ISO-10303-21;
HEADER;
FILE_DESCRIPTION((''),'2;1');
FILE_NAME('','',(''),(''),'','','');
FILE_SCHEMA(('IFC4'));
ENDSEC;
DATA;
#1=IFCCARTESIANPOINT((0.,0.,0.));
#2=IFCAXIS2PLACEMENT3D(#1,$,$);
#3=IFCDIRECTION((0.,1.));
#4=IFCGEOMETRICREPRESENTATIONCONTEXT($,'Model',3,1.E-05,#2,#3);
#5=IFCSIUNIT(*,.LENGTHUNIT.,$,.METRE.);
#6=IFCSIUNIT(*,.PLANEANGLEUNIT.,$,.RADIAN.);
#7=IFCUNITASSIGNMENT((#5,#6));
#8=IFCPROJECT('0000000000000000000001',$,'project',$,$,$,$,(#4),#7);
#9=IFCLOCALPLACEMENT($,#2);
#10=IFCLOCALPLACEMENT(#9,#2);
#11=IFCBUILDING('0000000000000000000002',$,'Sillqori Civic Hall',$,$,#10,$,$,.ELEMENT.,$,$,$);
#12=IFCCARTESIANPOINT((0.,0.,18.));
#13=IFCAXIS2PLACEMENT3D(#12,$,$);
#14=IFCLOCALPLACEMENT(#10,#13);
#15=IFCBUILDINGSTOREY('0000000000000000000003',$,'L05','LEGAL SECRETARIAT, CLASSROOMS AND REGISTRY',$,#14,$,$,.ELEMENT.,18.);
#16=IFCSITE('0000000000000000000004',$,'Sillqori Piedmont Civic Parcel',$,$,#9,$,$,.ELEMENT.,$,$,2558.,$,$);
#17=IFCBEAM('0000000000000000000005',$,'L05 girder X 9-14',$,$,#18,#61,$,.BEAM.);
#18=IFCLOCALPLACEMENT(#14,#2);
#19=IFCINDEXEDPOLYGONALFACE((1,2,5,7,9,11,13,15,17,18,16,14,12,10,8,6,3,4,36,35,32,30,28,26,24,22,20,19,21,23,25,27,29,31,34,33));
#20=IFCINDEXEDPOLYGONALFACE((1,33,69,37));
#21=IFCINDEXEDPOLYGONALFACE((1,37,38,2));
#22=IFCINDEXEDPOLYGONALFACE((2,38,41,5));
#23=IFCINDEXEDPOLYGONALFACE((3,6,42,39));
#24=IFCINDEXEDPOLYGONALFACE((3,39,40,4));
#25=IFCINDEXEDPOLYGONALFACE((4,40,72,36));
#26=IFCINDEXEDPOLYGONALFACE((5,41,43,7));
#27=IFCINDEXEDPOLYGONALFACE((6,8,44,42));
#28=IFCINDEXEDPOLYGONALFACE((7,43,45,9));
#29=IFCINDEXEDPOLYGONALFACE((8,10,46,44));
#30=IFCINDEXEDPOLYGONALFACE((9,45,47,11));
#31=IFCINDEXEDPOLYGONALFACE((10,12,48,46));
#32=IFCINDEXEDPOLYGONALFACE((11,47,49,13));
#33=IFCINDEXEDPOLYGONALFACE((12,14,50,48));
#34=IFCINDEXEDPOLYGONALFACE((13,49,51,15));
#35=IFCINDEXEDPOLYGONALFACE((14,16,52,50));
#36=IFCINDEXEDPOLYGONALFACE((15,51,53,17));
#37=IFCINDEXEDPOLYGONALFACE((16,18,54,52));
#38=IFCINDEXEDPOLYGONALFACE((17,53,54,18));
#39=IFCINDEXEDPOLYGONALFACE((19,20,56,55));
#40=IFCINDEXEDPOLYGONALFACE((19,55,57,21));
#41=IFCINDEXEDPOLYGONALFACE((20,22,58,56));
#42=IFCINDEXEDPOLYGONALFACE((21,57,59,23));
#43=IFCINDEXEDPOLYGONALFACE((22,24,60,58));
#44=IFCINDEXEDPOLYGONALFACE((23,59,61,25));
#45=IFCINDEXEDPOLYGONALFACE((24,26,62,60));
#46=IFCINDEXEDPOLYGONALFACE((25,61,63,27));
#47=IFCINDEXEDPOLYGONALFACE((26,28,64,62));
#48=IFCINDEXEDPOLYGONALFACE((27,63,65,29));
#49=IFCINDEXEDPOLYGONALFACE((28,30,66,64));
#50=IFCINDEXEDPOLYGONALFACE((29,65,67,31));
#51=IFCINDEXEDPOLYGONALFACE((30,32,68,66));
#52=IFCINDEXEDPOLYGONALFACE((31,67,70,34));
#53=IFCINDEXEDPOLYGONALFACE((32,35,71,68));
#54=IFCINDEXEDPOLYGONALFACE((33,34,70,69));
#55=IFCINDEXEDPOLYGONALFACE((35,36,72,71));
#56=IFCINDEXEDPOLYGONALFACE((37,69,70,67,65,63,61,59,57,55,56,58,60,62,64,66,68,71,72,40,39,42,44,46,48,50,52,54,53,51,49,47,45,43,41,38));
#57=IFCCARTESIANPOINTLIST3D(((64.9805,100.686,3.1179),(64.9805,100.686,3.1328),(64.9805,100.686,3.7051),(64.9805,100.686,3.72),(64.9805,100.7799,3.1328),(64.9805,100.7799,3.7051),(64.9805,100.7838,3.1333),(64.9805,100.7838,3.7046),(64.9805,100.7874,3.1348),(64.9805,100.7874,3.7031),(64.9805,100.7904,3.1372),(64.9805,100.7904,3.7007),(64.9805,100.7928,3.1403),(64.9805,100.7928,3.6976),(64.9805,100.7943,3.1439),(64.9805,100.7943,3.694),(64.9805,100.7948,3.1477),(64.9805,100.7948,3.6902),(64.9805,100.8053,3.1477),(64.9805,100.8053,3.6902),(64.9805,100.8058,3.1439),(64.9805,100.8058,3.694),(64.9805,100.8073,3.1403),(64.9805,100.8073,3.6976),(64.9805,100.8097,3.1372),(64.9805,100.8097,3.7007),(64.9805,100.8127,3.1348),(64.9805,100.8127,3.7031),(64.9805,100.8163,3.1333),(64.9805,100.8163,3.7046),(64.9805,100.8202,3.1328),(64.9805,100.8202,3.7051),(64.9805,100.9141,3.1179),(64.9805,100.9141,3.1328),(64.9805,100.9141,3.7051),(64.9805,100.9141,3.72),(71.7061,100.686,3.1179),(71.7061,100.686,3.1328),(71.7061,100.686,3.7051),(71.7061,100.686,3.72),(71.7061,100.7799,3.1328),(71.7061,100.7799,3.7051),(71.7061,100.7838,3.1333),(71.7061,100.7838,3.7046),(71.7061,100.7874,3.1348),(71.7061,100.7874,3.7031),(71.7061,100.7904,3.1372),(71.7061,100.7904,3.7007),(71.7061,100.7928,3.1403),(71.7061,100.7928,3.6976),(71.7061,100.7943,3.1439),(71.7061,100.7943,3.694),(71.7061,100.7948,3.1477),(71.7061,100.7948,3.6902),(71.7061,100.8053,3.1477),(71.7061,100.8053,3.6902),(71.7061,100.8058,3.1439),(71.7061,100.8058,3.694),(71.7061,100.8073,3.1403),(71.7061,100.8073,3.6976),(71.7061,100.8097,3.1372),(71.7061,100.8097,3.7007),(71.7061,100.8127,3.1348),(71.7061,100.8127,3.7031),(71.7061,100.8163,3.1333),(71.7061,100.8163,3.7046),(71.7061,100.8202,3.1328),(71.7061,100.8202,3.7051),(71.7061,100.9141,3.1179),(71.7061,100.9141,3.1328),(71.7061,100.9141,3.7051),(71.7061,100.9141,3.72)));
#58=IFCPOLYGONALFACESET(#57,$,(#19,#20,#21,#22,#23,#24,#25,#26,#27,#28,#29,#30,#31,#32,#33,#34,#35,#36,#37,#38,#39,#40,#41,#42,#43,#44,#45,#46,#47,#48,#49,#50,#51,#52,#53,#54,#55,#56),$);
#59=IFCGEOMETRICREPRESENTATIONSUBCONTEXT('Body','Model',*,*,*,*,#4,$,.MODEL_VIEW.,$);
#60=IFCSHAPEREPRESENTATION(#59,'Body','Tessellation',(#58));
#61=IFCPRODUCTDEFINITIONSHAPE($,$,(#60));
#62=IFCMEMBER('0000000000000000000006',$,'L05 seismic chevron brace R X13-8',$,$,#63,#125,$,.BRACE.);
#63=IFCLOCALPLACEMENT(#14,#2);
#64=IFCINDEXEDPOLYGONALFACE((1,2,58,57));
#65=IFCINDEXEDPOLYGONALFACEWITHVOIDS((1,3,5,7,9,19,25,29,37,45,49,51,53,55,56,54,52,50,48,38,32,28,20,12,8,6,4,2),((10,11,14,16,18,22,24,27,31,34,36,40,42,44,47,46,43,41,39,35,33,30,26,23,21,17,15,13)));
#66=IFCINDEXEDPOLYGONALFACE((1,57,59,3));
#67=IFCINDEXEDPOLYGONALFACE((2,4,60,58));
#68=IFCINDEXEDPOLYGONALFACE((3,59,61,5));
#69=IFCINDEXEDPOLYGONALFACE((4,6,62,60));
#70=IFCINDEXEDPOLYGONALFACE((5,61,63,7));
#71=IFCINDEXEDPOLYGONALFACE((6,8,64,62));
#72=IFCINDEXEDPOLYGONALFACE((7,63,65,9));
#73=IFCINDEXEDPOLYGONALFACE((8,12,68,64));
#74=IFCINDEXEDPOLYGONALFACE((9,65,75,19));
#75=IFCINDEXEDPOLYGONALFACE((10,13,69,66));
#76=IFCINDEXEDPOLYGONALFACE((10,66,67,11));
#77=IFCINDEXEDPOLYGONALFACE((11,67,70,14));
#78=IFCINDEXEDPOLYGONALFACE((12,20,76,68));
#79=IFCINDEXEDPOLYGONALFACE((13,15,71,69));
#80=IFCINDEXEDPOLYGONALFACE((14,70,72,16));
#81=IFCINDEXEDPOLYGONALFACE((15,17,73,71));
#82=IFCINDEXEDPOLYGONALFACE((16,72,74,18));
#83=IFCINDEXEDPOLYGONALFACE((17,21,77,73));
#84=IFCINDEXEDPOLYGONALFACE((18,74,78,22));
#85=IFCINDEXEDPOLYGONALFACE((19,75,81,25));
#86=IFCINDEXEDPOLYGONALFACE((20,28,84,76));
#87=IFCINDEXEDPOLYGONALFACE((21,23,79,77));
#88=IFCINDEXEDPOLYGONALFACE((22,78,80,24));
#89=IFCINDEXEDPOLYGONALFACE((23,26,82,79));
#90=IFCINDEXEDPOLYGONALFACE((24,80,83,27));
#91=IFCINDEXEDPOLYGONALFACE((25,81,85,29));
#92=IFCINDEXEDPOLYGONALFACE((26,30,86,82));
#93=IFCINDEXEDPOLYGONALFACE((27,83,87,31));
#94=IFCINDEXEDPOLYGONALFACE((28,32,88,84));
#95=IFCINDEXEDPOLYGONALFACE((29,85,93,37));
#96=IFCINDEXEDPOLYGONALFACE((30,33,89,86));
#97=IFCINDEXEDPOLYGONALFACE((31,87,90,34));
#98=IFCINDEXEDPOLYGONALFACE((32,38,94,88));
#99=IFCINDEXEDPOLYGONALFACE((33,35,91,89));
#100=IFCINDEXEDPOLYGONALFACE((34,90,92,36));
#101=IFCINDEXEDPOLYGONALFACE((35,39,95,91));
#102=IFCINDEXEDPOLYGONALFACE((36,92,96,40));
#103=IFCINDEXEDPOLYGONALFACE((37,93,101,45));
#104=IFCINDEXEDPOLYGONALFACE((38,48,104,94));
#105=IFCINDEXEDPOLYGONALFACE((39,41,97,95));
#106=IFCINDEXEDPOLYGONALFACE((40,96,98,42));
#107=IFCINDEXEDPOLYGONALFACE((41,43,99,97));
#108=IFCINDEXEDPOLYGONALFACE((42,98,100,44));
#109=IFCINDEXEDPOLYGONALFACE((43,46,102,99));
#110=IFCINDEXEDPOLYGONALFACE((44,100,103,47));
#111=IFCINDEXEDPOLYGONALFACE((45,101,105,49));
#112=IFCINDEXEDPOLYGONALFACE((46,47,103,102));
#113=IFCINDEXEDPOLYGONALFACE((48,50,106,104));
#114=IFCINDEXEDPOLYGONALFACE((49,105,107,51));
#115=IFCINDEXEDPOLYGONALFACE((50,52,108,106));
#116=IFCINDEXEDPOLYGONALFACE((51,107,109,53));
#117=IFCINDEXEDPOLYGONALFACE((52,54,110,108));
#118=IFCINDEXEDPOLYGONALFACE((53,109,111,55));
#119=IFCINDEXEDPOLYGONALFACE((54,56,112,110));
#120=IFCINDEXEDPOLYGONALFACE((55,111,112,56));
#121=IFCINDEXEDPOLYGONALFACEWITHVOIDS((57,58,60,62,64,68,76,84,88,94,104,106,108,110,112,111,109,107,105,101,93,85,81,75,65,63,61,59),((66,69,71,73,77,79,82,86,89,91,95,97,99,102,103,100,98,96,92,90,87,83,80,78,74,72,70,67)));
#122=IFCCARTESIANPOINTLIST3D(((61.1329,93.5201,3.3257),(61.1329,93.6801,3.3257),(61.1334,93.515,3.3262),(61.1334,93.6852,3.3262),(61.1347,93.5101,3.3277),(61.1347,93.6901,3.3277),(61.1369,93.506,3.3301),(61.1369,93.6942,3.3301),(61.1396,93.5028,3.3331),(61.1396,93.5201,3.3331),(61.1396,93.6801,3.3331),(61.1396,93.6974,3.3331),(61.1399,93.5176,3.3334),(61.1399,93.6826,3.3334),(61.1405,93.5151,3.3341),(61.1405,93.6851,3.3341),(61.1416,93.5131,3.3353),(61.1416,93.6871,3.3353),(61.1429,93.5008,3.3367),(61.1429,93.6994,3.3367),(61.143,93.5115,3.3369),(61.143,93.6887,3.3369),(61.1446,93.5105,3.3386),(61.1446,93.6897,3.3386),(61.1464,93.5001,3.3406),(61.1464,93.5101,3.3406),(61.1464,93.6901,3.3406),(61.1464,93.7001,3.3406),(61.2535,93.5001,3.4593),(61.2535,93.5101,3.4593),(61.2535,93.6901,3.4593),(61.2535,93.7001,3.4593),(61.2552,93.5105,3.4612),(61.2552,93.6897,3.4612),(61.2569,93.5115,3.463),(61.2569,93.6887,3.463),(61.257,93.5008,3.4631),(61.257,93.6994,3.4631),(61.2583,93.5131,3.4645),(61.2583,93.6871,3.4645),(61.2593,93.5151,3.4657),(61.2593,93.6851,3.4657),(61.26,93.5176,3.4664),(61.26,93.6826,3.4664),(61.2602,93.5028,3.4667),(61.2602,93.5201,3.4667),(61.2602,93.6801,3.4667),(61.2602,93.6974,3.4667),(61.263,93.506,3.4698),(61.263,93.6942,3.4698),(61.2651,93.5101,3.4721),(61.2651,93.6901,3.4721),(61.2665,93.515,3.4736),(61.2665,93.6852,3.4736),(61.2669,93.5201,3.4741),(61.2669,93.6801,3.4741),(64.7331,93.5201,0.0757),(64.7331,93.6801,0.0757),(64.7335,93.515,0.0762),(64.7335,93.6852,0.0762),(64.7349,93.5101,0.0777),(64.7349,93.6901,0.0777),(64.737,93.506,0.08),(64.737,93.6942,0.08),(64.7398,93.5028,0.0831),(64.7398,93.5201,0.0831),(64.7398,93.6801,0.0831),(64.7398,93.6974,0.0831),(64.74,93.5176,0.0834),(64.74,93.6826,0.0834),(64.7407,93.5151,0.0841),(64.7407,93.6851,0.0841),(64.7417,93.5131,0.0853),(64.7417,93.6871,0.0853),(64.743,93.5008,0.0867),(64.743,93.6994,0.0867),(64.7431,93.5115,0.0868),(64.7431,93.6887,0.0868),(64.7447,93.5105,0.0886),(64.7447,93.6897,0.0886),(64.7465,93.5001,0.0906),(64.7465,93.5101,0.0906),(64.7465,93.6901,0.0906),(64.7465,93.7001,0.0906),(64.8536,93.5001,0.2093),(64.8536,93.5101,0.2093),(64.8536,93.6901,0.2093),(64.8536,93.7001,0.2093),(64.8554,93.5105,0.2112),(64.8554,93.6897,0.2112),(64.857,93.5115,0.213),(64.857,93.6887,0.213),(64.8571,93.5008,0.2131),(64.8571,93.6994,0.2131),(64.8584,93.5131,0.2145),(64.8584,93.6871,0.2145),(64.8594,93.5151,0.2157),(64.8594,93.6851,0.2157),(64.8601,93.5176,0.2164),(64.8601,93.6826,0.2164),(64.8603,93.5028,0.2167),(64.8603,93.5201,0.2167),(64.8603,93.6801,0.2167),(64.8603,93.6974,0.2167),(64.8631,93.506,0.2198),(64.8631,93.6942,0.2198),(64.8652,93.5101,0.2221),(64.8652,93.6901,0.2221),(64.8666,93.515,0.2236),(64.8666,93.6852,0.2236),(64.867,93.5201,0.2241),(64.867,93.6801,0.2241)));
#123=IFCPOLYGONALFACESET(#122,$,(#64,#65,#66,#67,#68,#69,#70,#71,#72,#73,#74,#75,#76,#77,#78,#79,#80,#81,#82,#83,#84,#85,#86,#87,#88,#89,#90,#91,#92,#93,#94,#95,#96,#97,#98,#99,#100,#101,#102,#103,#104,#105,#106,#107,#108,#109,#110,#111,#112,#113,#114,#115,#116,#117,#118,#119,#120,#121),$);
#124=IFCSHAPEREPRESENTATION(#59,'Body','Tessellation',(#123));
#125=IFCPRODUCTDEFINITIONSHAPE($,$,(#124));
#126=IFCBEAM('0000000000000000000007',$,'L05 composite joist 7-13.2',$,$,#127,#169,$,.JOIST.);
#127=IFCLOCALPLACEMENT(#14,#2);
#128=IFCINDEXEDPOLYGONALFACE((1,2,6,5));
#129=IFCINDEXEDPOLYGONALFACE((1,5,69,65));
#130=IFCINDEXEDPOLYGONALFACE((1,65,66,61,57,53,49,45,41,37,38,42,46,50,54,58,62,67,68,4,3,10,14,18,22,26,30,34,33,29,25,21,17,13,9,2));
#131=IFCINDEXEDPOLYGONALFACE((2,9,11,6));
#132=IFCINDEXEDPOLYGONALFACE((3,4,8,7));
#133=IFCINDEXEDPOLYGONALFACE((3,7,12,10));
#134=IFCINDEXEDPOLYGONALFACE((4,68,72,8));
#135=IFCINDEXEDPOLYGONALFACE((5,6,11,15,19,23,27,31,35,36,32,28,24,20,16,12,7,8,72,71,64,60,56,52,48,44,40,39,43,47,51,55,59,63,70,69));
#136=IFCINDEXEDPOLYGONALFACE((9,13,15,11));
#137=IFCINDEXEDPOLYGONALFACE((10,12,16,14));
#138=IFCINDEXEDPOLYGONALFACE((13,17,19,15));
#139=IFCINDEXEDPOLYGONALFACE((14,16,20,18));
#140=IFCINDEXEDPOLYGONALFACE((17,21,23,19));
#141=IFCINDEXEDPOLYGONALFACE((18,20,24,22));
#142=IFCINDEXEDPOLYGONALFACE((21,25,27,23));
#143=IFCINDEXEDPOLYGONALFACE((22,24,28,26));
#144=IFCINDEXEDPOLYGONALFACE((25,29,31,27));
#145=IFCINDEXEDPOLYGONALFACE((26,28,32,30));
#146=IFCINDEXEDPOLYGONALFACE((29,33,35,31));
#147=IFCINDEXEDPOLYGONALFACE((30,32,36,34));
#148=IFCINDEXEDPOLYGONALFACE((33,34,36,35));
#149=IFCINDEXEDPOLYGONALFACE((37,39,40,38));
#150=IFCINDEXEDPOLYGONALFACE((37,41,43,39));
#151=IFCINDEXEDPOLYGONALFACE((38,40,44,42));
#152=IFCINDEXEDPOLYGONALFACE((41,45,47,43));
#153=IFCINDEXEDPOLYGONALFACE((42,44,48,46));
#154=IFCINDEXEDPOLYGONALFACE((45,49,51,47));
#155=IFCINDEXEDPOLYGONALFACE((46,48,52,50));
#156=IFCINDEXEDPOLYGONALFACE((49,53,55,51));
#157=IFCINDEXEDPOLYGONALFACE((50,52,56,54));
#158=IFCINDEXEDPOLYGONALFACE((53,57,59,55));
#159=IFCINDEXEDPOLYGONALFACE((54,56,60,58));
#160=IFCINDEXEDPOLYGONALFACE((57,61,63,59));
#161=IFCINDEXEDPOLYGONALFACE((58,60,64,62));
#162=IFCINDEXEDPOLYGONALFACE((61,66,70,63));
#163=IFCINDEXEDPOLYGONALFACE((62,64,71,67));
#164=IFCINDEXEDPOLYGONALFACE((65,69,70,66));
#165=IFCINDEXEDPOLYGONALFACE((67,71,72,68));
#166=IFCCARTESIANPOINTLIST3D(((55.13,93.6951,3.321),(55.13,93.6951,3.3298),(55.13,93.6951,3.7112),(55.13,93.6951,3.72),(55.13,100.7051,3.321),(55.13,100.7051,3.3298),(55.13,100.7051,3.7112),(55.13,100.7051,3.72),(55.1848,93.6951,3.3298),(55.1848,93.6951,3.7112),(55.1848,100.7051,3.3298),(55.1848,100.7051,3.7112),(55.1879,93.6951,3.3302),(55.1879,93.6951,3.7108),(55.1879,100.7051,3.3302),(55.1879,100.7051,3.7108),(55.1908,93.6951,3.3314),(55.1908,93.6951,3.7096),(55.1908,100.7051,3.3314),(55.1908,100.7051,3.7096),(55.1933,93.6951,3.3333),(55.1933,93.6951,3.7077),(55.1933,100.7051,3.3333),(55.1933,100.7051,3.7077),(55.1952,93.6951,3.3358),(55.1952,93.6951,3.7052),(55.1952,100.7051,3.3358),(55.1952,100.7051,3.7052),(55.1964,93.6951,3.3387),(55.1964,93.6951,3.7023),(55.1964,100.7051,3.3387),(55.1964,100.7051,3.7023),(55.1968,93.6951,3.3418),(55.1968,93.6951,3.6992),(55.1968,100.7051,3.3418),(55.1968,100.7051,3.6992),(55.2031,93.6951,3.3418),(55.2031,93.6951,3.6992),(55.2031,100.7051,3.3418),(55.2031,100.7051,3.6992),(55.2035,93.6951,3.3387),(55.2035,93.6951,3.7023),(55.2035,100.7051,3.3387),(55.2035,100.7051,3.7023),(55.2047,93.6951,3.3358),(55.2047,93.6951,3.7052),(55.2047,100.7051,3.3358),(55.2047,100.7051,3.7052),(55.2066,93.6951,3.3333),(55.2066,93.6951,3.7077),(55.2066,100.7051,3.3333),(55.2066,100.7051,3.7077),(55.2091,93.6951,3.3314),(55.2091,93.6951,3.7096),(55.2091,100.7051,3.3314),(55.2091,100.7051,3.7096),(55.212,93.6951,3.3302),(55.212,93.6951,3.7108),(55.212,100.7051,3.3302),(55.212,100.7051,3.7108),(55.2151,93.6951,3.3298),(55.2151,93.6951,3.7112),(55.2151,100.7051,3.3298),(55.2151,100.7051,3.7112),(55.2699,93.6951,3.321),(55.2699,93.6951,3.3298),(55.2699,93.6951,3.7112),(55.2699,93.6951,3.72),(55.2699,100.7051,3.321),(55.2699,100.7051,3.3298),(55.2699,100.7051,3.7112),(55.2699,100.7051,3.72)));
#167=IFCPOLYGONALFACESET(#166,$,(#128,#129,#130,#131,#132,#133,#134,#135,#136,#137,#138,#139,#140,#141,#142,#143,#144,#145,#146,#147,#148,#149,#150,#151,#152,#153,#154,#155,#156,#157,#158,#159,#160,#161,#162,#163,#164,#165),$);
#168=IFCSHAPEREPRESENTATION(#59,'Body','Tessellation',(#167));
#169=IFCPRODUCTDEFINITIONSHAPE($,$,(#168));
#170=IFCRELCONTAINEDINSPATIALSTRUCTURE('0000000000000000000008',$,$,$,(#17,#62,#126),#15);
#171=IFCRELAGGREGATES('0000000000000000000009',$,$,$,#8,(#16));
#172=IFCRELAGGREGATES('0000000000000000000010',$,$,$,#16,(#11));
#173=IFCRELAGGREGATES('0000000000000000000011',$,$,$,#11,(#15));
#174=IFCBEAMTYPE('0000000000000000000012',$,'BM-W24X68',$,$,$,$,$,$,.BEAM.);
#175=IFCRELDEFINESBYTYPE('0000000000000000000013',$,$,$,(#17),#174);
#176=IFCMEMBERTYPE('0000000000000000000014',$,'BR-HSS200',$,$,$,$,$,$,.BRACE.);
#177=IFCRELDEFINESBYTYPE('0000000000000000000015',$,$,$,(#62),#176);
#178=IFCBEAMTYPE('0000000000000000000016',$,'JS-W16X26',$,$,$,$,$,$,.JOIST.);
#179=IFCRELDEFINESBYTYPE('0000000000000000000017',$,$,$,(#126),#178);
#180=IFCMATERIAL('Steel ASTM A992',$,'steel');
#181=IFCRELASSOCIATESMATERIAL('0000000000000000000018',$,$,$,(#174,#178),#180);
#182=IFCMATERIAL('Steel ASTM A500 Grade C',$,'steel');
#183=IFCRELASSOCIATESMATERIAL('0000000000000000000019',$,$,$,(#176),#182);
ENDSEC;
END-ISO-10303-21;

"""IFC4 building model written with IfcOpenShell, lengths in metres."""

from ifc_helpers import new_model, si_unit, direction, frame, origin, origin_2d, place, context, subcontext, project, spatial, hollow_rectangle, i_section, extrude, material, material_profile, profile_set, type_object, element, save


model = new_model("IFC4")

# Units and contexts
model_context = context("Model", 3, precision=1e-05, world=origin(), true_north=direction((0.0, 1.0)))
body_context = subcontext(model_context, "Body", "Model", "MODEL_VIEW")
ifc_project = project(units=[si_unit("LENGTHUNIT", "METRE"), si_unit("PLANEANGLEUNIT", "RADIAN")], contexts=[model_context])

# Site, building, storey
site_placement = place(None, origin())
site = spatial("IfcSite", under=ifc_project, at=site_placement, Name="Sillqori Piedmont Civic Parcel", CompositionType="ELEMENT", RefElevation=2558.0)
building_placement = place(site_placement, origin())
building = spatial("IfcBuilding", under=site, at=building_placement, Name="Sillqori Civic Hall", CompositionType="ELEMENT")
storey_placement = place(building_placement, frame((0.0, 0.0, 18.0)))
storey = spatial("IfcBuildingStorey", under=building, at=storey_placement, Name="L05", Description="LEGAL SECRETARIAT, CLASSROOMS AND REGISTRY", CompositionType="ELEMENT", Elevation=18.0)

# Shared definitions
ifc_material_1 = material(Name="Steel ASTM A992", Category="steel")

# Beam
ifc_material_profile_1 = material_profile(ifc_material_1, i_section(OverallWidth=0.228, OverallDepth=0.6021, WebThickness=0.0105, FlangeThickness=0.0149, FilletRadius=0.0149, at=origin_2d()), Name="W24X68")
ifc_profile_set_1 = profile_set([ifc_material_profile_1], Name="Steel ASTM A992")
beam_type_1 = type_object("IfcBeamType", Name="BM-W24X68", PredefinedType="BEAM", material=ifc_profile_set_1)
for number, where, z_axis, x_axis, name in (
    (1, (64.9805, 100.8, 3.4189), (1.0, 0.0, 0.0), (0.0, 1.0, 0.0), "L05 girder X 9-14"),
):
    element("IfcBeam", number, at=place(storey_placement, frame(where, z_axis=z_axis, x_axis=x_axis)), inside=storey, type_object=beam_type_1, Name=name, PredefinedType="BEAM", context=body_context, shape_type="SweptSolid", body=[
        extrude(i_section(OverallWidth=0.228, OverallDepth=0.6021, WebThickness=0.0105, FlangeThickness=0.0149, FilletRadius=0.0149, at=origin_2d()), origin(), (0.0, 0.0, 1.0), 6.7256),
    ])

# Member
ifc_material_2 = material(Name="Steel ASTM A500 Grade C", Category="steel")
ifc_material_profile_2 = material_profile(ifc_material_2, hollow_rectangle(XDim=0.2, YDim=0.2, WallThickness=0.01, InnerFilletRadius=0.01, OuterFilletRadius=0.02, at=origin_2d()), Name="HSS200X200X10")
ifc_profile_set_2 = profile_set([ifc_material_profile_2], Name="Steel ASTM A500 Grade C")
member_type = type_object("IfcMemberType", Name="BR-HSS200", PredefinedType="BRACE", material=ifc_profile_set_2)
member_placement = place(storey_placement, frame((64.8, 93.6001, 0.1499), z_axis=(-0.742277, 0.0, 0.670093), x_axis=(0.0, -1.0, 0.0)))
element("IfcMember", 2, at=member_placement, inside=storey, type_object=member_type, Name="L05 seismic chevron brace R X13-8", PredefinedType="BRACE", context=body_context, shape_type="SweptSolid", body=[
    extrude(hollow_rectangle(XDim=0.2, YDim=0.2, WallThickness=0.01, InnerFilletRadius=0.01, OuterFilletRadius=0.02, at=origin_2d()), origin(), (0.0, 0.0, 1.0), 4.8501),
])

# Beam
ifc_material_profile_3 = material_profile(ifc_material_1, i_section(OverallWidth=0.1399, OverallDepth=0.3989, WebThickness=0.0063, FlangeThickness=0.0088, FilletRadius=0.012, at=origin_2d()), Name="W16X26")
ifc_profile_set_3 = profile_set([ifc_material_profile_3], Name="Steel ASTM A992")
beam_type_2 = type_object("IfcBeamType", Name="JS-W16X26", PredefinedType="JOIST", material=ifc_profile_set_3)
for number, where, z_axis, x_axis, name in (
    (3, (55.2, 93.6951, 3.5205), (0.0, 1.0, 0.0), (-1.0, 0.0, 0.0), "L05 composite joist 7-13.2"),
):
    element("IfcBeam", number, at=place(storey_placement, frame(where, z_axis=z_axis, x_axis=x_axis)), inside=storey, type_object=beam_type_2, Name=name, PredefinedType="JOIST", context=body_context, shape_type="SweptSolid", body=[
        extrude(i_section(OverallWidth=0.1399, OverallDepth=0.3989, WebThickness=0.0063, FlangeThickness=0.0088, FilletRadius=0.012, at=origin_2d()), origin(), (0.0, 0.0, 1.0), 7.01),
    ])

save(model, "model.ifc")
